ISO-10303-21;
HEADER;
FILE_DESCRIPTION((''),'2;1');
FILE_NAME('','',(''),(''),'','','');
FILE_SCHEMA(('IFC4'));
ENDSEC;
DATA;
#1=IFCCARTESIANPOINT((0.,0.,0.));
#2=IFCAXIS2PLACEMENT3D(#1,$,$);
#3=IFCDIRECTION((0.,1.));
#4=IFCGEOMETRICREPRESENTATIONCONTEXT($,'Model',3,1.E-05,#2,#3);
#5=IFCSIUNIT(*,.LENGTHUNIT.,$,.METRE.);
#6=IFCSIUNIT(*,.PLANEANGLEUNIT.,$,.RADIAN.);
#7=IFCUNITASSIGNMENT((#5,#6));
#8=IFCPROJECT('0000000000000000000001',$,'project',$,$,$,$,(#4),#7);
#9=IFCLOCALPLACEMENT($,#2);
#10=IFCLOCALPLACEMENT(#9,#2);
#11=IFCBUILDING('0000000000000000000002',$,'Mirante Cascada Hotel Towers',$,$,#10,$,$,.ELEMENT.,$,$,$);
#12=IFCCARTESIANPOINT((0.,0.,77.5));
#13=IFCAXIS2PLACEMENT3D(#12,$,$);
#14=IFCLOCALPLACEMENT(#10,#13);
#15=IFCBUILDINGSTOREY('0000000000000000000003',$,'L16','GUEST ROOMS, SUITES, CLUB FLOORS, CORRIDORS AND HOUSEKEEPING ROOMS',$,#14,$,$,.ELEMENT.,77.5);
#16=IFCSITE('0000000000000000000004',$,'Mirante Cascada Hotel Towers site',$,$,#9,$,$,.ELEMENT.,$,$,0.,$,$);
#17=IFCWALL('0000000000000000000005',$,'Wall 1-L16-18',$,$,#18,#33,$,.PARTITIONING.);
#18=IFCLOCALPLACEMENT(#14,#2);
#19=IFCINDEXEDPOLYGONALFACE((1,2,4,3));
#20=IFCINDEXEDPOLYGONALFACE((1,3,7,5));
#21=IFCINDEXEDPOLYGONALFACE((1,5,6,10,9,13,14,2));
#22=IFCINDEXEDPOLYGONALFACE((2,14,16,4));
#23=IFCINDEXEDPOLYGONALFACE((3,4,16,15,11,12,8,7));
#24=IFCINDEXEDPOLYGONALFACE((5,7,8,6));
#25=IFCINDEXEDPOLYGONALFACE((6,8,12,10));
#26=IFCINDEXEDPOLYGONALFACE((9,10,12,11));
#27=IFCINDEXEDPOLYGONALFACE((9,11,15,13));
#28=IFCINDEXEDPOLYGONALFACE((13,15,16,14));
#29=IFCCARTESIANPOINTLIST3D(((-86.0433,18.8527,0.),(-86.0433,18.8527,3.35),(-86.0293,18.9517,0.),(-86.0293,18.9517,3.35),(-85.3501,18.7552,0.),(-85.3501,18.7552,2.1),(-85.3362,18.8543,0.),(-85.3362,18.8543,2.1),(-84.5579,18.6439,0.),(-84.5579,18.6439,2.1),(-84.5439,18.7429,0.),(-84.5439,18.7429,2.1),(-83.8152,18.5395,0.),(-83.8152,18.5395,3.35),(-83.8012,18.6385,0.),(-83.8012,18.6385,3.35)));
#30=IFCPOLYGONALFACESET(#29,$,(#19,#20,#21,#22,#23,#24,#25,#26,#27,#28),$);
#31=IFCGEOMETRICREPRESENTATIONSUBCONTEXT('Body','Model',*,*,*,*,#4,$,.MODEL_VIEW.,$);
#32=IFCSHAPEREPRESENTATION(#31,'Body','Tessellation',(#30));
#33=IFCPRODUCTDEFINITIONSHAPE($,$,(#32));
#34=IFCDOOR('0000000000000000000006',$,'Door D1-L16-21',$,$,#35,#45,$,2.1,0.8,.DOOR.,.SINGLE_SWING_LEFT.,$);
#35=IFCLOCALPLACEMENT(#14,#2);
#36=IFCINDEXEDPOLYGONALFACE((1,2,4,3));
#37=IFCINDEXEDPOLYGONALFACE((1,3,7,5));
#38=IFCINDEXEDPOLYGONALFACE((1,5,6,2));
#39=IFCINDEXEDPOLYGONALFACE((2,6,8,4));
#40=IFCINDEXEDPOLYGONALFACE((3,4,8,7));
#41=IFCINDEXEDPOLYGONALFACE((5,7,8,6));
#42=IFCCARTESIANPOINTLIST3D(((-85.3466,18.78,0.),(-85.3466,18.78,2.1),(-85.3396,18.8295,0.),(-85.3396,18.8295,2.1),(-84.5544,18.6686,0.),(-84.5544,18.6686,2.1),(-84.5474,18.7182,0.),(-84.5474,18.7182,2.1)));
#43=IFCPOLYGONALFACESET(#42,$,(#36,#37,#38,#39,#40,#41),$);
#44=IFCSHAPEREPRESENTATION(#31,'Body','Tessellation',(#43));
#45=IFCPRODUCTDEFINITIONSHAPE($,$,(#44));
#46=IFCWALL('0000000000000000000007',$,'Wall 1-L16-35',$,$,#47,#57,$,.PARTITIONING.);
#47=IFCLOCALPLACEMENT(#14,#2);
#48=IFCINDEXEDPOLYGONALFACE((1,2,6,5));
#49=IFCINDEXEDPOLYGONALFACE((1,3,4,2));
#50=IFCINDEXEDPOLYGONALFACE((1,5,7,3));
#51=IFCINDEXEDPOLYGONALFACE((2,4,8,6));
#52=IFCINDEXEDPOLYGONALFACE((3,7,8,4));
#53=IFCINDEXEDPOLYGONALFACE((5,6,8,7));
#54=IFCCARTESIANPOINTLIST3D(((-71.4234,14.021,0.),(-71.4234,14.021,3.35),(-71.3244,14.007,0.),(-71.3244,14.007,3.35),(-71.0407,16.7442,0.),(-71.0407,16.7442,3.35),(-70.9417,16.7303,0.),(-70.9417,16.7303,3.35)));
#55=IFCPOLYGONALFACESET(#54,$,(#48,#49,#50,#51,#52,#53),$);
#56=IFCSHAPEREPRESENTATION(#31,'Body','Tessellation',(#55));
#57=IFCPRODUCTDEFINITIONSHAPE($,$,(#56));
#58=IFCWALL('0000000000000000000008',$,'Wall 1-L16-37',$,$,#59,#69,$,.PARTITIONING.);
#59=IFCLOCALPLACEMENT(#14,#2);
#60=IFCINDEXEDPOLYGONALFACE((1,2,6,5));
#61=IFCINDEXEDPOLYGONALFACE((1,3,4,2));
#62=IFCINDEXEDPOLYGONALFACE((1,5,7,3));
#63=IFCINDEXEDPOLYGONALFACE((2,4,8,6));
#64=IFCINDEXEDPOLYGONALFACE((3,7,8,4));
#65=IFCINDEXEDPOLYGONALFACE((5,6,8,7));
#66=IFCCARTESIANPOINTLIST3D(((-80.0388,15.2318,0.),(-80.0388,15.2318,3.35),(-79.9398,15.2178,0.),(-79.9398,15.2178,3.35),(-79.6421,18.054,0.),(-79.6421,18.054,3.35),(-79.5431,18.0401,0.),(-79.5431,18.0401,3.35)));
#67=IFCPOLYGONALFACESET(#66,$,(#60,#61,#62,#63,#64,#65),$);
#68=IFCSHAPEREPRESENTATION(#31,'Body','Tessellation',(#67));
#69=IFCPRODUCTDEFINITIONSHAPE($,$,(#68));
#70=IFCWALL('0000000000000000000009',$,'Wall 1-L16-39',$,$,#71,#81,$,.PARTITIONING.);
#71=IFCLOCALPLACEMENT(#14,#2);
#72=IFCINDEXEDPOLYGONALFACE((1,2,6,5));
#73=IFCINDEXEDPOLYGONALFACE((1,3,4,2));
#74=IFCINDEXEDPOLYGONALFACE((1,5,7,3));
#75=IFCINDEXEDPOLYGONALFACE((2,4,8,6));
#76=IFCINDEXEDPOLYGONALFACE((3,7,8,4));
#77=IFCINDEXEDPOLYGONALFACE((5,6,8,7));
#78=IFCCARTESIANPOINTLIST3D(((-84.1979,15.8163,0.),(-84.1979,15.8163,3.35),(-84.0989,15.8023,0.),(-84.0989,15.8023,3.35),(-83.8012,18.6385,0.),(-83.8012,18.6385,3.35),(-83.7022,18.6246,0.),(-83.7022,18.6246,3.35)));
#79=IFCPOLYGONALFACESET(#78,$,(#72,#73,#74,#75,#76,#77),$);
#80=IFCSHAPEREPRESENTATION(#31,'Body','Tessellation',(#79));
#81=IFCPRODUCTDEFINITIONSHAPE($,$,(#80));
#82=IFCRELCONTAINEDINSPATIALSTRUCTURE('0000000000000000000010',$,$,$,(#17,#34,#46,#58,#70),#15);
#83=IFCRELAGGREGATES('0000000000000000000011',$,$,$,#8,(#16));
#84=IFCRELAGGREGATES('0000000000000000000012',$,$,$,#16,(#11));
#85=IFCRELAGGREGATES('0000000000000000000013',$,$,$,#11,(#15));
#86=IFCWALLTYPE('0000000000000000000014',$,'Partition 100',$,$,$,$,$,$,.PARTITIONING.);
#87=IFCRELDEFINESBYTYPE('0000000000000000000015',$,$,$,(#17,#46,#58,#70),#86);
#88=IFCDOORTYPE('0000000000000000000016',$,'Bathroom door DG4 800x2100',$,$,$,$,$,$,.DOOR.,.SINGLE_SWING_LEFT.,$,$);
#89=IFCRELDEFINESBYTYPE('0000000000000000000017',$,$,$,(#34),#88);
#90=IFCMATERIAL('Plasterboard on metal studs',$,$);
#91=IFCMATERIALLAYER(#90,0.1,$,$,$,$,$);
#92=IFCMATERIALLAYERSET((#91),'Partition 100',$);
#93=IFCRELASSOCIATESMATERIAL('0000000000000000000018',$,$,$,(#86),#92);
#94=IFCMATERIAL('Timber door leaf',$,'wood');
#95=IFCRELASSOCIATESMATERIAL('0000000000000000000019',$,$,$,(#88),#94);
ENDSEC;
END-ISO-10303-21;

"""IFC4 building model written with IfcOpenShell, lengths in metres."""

from ifc_helpers import new_model, si_unit, direction, frame, frame_2d, origin, place, context, subcontext, project, spatial, rectangle, extrude, material, layer, layer_set, type_object, element, fill, save


model = new_model("IFC4")

# Units and contexts
model_context = context("Model", 3, precision=1e-05, world=origin(), true_north=direction((0.0, 1.0)))
body_context = subcontext(model_context, "Body", "Model", "MODEL_VIEW")
ifc_project = project(units=[si_unit("LENGTHUNIT", "METRE"), si_unit("PLANEANGLEUNIT", "RADIAN")], contexts=[model_context])

# Site, building, storey
site_placement = place(None, origin())
site = spatial("IfcSite", under=ifc_project, at=site_placement, Name="Mirante Cascada Hotel Towers site", CompositionType="ELEMENT", RefElevation=0.0)
building_placement = place(site_placement, origin())
building = spatial("IfcBuilding", under=site, at=building_placement, Name="Mirante Cascada Hotel Towers", CompositionType="ELEMENT")
storey_placement = place(building_placement, frame((0.0, 0.0, 77.5)))
storey = spatial("IfcBuildingStorey", under=building, at=storey_placement, Name="L16", Description="GUEST ROOMS, SUITES, CLUB FLOORS, CORRIDORS AND HOUSEKEEPING ROOMS", CompositionType="ELEMENT", Elevation=77.5)

# Shared definitions
ifc_material_1 = material(Name="Plasterboard on metal studs")
ifc_layer_1 = layer(ifc_material_1, 0.1)
ifc_layer_set_1 = layer_set([ifc_layer_1], Name="Partition 100")
wall_type_1 = type_object("IfcWallType", Name="Partition 100", PredefinedType="PARTITIONING", material=ifc_layer_set_1)
ifc_material_2 = material(Name="Timber door leaf", Category="wood")
door_type = type_object("IfcDoorType", Name="Bathroom door DG4 800x2100", OperationType="SINGLE_SWING_LEFT", PredefinedType="DOOR", material=ifc_material_2)

# Wall, opening, door
wall_1_placement = place(storey_placement, frame((-86.0363, 18.9022, 0.0), z_axis=(0.0, 0.0, 1.0), x_axis=(0.990264, -0.1392, 0.0)))
wall_1 = element("IfcWall", 1, at=wall_1_placement, inside=storey, type_object=wall_type_1, Name="Wall 1-L16-18", PredefinedType="PARTITIONING", context=body_context, shape_type="SweptSolid", body=[
    extrude(rectangle(XDim=2.25, YDim=0.1, at=frame_2d((1.125, 0.0))), origin(), (0.0, 0.0, 1.0), 3.35),
])
opening_1_placement = place(wall_1_placement, frame((0.7, 0.0, 0.0)))
opening_1 = element("IfcOpeningElement", 2, at=opening_1_placement, cuts=wall_1, PredefinedType="OPENING", context=body_context, shape_type="SweptSolid", body=[
    extrude(rectangle(XDim=0.8, YDim=2.1, at=frame_2d((0.4, 1.05))), frame((0.0, 0.05, 0.0), z_axis=(0.0, -1.0, 0.0), x_axis=(1.0, 0.0, 0.0)), (0.0, 0.0, 1.0), 0.1),
])
door_1_placement = place(opening_1_placement, origin())
door_1 = element("IfcDoor", 3, at=door_1_placement, inside=storey, type_object=door_type, Name="Door D1-L16-21", OperationType="SINGLE_SWING_LEFT", OverallHeight=2.1, OverallWidth=0.8, PredefinedType="DOOR", context=body_context, shape_type="SweptSolid", body=[
    extrude(rectangle(XDim=0.8, YDim=2.1, at=frame_2d((0.4, 1.05))), frame((0.0, 0.025, 0.0), z_axis=(0.0, -1.0, 0.0), x_axis=(1.0, 0.0, 0.0)), (0.0, 0.0, 1.0), 0.05),
])
fill(opening_1, door_1)

# Walls
wall_2_placement = place(storey_placement, frame((-71.3739, 14.014, 0.0), z_axis=(0.0, 0.0, 1.0), x_axis=(0.139166, 0.990269, 0.0)))
element("IfcWall", 4, at=wall_2_placement, inside=storey, type_object=wall_type_1, Name="Wall 1-L16-35", PredefinedType="PARTITIONING", context=body_context, shape_type="SweptSolid", body=[
    extrude(rectangle(XDim=2.75, YDim=0.1, at=frame_2d((1.375, 0.0))), origin(), (0.0, 0.0, 1.0), 3.35),
])
for number, where, z_axis, x_axis, name in (
    (5, (-79.9893, 15.2248, 0.0), (0.0, 0.0, 1.0), (0.139191, 0.990266, 0.0), "Wall 1-L16-37"),
    (6, (-84.1484, 15.8093, 0.0), (0.0, 0.0, 1.0), (0.139191, 0.990266, 0.0), "Wall 1-L16-39"),
):
    element("IfcWall", number, at=place(storey_placement, frame(where, z_axis=z_axis, x_axis=x_axis)), inside=storey, type_object=wall_type_1, Name=name, PredefinedType="PARTITIONING", context=body_context, shape_type="SweptSolid", body=[
        extrude(rectangle(XDim=2.85, YDim=0.1, at=frame_2d((1.425, 0.0))), origin(), (0.0, 0.0, 1.0), 3.35),
    ])

save(model, "model.ifc")
